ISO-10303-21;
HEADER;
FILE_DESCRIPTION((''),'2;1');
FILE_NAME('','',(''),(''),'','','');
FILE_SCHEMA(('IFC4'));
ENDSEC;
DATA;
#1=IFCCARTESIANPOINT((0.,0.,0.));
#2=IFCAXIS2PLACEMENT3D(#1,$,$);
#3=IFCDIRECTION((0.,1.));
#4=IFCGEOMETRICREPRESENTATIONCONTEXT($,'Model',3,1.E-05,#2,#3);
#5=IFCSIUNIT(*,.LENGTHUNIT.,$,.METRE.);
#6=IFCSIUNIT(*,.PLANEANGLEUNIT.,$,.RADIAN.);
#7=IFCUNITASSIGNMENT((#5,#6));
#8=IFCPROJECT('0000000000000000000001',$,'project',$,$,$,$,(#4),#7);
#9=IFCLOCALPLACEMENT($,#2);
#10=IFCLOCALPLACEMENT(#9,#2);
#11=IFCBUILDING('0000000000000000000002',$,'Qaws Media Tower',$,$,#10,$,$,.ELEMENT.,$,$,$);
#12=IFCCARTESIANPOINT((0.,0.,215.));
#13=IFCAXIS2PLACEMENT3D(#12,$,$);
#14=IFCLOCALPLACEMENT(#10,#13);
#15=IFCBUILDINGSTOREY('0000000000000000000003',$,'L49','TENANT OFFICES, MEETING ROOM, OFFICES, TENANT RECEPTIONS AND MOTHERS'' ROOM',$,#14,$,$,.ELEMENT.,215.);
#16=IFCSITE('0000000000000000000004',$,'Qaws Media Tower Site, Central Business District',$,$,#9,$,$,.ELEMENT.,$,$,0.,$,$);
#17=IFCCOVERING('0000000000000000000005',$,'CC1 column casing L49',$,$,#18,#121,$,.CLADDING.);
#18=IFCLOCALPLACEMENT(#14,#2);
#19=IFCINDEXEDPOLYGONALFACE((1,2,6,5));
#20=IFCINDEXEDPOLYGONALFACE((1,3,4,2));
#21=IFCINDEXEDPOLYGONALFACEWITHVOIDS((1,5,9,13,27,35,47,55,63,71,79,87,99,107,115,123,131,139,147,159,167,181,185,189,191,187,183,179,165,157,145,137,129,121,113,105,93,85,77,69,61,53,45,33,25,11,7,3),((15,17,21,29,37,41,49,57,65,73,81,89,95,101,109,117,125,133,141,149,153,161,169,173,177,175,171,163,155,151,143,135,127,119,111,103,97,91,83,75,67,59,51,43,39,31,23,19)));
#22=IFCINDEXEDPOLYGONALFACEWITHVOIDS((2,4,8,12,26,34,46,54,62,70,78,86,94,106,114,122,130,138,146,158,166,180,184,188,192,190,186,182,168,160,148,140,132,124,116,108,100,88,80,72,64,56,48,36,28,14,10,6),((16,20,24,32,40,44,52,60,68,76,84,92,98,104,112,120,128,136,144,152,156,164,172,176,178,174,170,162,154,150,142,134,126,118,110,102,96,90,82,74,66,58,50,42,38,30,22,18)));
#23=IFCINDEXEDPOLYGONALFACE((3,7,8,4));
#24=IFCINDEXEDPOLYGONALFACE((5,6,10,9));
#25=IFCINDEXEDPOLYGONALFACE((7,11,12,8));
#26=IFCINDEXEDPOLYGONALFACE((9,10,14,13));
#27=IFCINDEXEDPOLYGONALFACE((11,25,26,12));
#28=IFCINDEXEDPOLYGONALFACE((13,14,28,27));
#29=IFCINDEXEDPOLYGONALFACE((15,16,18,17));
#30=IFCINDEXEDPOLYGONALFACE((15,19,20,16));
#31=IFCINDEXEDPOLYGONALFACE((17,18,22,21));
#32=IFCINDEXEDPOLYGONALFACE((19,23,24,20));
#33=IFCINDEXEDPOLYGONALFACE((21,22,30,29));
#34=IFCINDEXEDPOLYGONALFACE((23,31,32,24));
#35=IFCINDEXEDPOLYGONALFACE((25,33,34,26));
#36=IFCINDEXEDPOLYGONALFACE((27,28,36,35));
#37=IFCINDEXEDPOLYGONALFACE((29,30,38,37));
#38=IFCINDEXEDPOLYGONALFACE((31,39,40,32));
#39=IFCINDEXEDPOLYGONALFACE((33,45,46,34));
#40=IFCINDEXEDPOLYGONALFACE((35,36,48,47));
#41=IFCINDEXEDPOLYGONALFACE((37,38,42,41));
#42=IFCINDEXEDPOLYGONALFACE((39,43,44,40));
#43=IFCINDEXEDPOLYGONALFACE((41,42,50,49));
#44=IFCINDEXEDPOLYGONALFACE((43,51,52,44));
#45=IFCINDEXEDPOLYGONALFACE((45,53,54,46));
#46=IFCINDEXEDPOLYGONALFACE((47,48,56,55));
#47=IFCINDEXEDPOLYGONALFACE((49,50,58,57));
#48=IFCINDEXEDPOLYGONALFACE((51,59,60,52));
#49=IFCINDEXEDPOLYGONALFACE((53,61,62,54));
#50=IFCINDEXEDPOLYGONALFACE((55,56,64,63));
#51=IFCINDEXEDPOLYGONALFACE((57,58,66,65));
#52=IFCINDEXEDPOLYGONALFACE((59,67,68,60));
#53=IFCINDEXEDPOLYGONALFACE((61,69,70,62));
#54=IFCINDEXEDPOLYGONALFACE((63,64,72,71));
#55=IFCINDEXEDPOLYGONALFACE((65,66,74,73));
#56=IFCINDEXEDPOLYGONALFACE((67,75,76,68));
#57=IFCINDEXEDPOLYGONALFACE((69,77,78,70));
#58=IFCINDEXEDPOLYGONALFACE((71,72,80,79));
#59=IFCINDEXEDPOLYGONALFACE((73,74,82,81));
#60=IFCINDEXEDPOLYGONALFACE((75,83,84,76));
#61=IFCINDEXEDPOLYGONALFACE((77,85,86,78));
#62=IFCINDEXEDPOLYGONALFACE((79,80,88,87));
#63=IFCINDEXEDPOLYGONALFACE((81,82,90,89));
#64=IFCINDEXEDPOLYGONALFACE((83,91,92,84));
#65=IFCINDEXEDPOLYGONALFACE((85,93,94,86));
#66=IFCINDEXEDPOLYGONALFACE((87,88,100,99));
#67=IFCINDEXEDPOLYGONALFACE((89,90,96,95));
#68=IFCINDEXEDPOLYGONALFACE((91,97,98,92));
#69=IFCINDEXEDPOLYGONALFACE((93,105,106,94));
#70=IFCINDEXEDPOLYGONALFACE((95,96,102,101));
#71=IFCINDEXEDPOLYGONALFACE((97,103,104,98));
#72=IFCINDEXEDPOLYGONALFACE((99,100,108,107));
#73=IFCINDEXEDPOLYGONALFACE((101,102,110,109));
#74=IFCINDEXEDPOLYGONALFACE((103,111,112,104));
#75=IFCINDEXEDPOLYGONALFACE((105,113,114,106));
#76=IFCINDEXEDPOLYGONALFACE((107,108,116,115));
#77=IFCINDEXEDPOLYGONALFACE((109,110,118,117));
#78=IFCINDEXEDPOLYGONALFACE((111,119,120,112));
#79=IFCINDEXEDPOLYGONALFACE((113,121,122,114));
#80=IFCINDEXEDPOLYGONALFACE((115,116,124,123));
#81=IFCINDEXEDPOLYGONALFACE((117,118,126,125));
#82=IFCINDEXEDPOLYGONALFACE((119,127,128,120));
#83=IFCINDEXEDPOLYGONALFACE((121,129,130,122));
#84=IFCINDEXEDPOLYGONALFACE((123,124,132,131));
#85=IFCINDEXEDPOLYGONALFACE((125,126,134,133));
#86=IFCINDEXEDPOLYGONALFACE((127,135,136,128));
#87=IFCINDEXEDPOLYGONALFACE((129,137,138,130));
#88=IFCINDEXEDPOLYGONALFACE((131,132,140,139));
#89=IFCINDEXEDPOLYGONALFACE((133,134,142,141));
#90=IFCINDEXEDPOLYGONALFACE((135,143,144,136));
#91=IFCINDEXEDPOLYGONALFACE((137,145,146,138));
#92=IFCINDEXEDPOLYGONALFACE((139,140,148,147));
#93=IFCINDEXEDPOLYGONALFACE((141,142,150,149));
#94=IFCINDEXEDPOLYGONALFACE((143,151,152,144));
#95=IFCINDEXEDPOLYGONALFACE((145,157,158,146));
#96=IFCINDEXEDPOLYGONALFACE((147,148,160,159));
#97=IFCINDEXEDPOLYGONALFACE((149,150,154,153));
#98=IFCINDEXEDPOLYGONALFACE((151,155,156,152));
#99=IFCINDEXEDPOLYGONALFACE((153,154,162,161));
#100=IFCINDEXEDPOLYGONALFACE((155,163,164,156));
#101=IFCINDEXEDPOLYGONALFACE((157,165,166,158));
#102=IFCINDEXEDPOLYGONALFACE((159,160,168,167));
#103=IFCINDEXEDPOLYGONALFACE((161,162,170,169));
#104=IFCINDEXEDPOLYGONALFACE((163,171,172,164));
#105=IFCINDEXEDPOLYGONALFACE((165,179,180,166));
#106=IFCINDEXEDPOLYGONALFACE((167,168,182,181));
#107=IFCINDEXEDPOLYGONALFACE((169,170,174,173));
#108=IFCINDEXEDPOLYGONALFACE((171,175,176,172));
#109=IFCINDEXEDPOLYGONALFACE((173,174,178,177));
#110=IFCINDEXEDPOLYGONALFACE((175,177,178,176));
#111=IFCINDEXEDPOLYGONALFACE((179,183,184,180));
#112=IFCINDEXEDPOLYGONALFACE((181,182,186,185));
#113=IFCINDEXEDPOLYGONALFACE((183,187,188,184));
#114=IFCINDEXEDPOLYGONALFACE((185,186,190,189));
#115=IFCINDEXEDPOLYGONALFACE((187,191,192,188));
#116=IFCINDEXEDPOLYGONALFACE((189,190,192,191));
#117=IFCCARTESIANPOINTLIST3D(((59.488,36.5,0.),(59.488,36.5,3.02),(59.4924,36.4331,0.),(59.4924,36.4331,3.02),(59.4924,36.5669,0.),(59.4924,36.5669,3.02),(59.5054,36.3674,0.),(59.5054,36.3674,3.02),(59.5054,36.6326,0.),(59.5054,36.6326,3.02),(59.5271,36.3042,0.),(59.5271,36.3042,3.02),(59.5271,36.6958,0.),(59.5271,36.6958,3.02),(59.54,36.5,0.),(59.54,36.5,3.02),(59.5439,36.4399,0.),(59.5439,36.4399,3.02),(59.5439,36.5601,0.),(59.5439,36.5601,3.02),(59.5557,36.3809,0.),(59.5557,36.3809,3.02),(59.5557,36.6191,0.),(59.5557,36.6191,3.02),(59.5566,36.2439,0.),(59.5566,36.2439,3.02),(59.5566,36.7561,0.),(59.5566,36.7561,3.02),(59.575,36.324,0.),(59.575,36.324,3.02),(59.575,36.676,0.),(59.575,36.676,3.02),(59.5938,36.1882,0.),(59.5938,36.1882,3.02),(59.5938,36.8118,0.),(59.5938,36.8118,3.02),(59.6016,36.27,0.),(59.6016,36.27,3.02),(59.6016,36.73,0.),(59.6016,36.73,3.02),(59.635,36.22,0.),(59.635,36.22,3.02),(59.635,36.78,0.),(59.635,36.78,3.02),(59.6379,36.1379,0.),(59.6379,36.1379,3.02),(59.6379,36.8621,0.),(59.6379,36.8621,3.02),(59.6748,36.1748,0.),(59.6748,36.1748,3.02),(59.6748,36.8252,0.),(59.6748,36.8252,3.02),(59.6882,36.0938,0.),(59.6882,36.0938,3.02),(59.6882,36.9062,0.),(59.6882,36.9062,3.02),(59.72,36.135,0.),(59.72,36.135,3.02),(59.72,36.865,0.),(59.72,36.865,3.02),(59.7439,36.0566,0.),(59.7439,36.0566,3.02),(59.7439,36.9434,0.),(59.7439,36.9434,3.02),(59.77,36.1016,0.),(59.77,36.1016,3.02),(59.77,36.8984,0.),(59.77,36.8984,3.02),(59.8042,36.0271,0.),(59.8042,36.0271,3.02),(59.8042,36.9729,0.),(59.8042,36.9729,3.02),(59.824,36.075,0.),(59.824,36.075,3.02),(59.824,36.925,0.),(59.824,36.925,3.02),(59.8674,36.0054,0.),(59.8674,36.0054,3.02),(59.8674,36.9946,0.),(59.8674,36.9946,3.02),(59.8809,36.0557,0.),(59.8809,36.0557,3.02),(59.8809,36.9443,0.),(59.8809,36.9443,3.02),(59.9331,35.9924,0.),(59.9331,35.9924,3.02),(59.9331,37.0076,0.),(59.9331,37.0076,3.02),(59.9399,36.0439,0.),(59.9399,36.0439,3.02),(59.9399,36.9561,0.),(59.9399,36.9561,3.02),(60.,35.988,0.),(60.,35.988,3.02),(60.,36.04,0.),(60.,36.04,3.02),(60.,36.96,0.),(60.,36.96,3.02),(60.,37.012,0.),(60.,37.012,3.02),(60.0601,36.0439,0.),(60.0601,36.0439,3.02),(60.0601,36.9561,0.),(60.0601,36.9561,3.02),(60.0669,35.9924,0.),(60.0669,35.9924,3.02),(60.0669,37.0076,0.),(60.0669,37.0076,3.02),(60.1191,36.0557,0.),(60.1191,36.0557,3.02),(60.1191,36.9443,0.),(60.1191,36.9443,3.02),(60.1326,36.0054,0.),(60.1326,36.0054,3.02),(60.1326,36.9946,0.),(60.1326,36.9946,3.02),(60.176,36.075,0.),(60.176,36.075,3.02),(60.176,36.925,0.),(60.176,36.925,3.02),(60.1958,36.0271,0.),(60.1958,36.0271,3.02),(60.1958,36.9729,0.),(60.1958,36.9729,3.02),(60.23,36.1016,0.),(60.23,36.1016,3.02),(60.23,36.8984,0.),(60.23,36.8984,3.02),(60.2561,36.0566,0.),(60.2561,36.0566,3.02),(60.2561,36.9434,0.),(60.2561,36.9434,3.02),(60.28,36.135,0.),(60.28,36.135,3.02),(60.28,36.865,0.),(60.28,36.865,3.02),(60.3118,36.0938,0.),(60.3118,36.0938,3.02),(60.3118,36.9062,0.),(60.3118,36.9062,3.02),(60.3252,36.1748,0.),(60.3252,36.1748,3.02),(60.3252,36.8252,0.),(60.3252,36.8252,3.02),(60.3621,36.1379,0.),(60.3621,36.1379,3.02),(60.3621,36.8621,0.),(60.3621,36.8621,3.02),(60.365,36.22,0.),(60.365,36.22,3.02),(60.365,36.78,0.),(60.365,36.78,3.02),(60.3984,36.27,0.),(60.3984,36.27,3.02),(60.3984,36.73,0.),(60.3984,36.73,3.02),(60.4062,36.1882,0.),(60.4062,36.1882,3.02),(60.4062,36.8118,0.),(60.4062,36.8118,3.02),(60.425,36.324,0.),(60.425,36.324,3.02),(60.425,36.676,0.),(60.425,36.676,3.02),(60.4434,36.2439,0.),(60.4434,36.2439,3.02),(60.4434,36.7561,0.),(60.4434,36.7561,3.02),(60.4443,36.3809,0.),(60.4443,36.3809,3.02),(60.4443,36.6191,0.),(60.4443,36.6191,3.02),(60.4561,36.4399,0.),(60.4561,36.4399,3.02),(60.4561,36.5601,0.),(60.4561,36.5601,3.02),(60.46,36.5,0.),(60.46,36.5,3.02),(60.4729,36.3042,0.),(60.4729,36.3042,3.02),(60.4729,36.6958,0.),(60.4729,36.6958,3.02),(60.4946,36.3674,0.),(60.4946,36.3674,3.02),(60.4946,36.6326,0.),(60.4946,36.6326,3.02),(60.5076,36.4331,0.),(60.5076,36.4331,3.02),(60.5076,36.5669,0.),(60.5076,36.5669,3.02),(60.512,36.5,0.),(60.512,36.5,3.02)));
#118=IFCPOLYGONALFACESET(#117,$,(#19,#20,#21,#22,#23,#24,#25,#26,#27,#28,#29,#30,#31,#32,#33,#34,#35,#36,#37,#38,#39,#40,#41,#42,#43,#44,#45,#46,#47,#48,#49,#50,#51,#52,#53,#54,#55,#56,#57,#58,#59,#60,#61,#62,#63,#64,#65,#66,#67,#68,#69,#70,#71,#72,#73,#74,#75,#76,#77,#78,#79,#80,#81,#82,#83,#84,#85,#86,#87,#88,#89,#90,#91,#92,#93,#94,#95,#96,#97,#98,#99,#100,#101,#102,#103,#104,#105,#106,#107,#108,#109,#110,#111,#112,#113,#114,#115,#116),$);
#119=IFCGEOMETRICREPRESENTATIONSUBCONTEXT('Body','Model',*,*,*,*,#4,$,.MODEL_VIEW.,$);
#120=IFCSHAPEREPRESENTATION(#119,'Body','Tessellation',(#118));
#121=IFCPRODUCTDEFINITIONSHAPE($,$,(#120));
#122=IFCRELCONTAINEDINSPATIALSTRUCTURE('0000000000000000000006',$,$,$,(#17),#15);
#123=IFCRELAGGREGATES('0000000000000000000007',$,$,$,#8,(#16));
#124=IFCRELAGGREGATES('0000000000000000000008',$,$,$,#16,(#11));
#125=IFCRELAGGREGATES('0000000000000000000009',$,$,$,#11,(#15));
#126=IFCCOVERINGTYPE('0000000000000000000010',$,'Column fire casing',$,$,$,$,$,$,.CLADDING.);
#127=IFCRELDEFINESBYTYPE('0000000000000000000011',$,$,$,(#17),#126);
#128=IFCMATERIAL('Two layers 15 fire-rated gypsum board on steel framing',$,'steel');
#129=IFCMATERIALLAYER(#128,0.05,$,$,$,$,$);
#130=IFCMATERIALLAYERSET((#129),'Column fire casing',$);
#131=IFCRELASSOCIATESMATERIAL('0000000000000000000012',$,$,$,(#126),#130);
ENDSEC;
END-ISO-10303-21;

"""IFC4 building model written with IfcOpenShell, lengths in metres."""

from ifc_helpers import new_model, si_unit, direction, frame, origin, place, context, subcontext, project, spatial, polyline, outline, extrude, material, layer, layer_set, type_object, element, save


model = new_model("IFC4")

# Units and contexts
model_context = context("Model", 3, precision=1e-05, world=origin(), true_north=direction((0.0, 1.0)))
body_context = subcontext(model_context, "Body", "Model", "MODEL_VIEW")
ifc_project = project(units=[si_unit("LENGTHUNIT", "METRE"), si_unit("PLANEANGLEUNIT", "RADIAN")], contexts=[model_context])

# Site, building, storey
site_placement = place(None, origin())
site = spatial("IfcSite", under=ifc_project, at=site_placement, Name="Qaws Media Tower Site, Central Business District", CompositionType="ELEMENT", RefElevation=0.0)
building_placement = place(site_placement, origin())
building = spatial("IfcBuilding", under=site, at=building_placement, Name="Qaws Media Tower", CompositionType="ELEMENT")
storey_placement = place(building_placement, frame((0.0, 0.0, 215.0)))
storey = spatial("IfcBuildingStorey", under=building, at=storey_placement, Name="L49", Description="TENANT OFFICES, MEETING ROOM, OFFICES, TENANT RECEPTIONS AND MOTHERS' ROOM", CompositionType="ELEMENT", Elevation=215.0)

# Covering
ifc_material_1 = material(Name="Two layers 15 fire-rated gypsum board on steel framing", Category="steel")
ifc_layer_1 = layer(ifc_material_1, 0.05)
ifc_layer_set_1 = layer_set([ifc_layer_1], Name="Column fire casing")
covering_type = type_object("IfcCoveringType", Name="Column fire casing", PredefinedType="CLADDING", material=ifc_layer_set_1)
covering_placement = place(storey_placement, origin())
element("IfcCovering", 1, at=covering_placement, inside=storey, type_object=covering_type, Name="CC1 column casing L49", PredefinedType="CLADDING", context=body_context, shape_type="SweptSolid", body=[
    extrude(outline(polyline([(60.512, 36.5), (60.5076, 36.4331), (60.4946, 36.3674), (60.4729, 36.3042), (60.4434, 36.2439), (60.4062, 36.1882), (60.3621, 36.1379), (60.3118, 36.0938), (60.2561, 36.0566), (60.1958, 36.0271), (60.1326, 36.0054), (60.0669, 35.9924), (60.0, 35.988), (59.9331, 35.9924), (59.8674, 36.0054), (59.8042, 36.0271), (59.7439, 36.0566), (59.6882, 36.0938), (59.6379, 36.1379), (59.5938, 36.1882), (59.5566, 36.2439), (59.5271, 36.3042), (59.5054, 36.3674), (59.4924, 36.4331), (59.488, 36.5), (59.4924, 36.5669), (59.5054, 36.6326), (59.5271, 36.6958), (59.5566, 36.7561), (59.5938, 36.8118), (59.6379, 36.8621), (59.6882, 36.9062), (59.7439, 36.9434), (59.8042, 36.9729), (59.8674, 36.9946), (59.9331, 37.0076), (60.0, 37.012), (60.0669, 37.0076), (60.1326, 36.9946), (60.1958, 36.9729), (60.2561, 36.9434), (60.3118, 36.9062), (60.3621, 36.8621), (60.4062, 36.8118), (60.4434, 36.7561), (60.4729, 36.6958), (60.4946, 36.6326), (60.5076, 36.5669), (60.512, 36.5)]), holes=[polyline([(60.46, 36.5), (60.4561, 36.4399), (60.4443, 36.3809), (60.425, 36.324), (60.3984, 36.27), (60.365, 36.22), (60.3252, 36.1748), (60.28, 36.135), (60.23, 36.1016), (60.176, 36.075), (60.1191, 36.0557), (60.0601, 36.0439), (60.0, 36.04), (59.9399, 36.0439), (59.8809, 36.0557), (59.824, 36.075), (59.77, 36.1016), (59.72, 36.135), (59.6748, 36.1748), (59.635, 36.22), (59.6016, 36.27), (59.575, 36.324), (59.5557, 36.3809), (59.5439, 36.4399), (59.54, 36.5), (59.5439, 36.5601), (59.5557, 36.6191), (59.575, 36.676), (59.6016, 36.73), (59.635, 36.78), (59.6748, 36.8252), (59.72, 36.865), (59.77, 36.8984), (59.824, 36.925), (59.8809, 36.9443), (59.9399, 36.9561), (60.0, 36.96), (60.0601, 36.9561), (60.1191, 36.9443), (60.176, 36.925), (60.23, 36.8984), (60.28, 36.865), (60.3252, 36.8252), (60.365, 36.78), (60.3984, 36.73), (60.425, 36.676), (60.4443, 36.6191), (60.4561, 36.5601), (60.46, 36.5)])]), origin(), (0.0, 0.0, 1.0), 3.02),
])

save(model, "model.ifc")
